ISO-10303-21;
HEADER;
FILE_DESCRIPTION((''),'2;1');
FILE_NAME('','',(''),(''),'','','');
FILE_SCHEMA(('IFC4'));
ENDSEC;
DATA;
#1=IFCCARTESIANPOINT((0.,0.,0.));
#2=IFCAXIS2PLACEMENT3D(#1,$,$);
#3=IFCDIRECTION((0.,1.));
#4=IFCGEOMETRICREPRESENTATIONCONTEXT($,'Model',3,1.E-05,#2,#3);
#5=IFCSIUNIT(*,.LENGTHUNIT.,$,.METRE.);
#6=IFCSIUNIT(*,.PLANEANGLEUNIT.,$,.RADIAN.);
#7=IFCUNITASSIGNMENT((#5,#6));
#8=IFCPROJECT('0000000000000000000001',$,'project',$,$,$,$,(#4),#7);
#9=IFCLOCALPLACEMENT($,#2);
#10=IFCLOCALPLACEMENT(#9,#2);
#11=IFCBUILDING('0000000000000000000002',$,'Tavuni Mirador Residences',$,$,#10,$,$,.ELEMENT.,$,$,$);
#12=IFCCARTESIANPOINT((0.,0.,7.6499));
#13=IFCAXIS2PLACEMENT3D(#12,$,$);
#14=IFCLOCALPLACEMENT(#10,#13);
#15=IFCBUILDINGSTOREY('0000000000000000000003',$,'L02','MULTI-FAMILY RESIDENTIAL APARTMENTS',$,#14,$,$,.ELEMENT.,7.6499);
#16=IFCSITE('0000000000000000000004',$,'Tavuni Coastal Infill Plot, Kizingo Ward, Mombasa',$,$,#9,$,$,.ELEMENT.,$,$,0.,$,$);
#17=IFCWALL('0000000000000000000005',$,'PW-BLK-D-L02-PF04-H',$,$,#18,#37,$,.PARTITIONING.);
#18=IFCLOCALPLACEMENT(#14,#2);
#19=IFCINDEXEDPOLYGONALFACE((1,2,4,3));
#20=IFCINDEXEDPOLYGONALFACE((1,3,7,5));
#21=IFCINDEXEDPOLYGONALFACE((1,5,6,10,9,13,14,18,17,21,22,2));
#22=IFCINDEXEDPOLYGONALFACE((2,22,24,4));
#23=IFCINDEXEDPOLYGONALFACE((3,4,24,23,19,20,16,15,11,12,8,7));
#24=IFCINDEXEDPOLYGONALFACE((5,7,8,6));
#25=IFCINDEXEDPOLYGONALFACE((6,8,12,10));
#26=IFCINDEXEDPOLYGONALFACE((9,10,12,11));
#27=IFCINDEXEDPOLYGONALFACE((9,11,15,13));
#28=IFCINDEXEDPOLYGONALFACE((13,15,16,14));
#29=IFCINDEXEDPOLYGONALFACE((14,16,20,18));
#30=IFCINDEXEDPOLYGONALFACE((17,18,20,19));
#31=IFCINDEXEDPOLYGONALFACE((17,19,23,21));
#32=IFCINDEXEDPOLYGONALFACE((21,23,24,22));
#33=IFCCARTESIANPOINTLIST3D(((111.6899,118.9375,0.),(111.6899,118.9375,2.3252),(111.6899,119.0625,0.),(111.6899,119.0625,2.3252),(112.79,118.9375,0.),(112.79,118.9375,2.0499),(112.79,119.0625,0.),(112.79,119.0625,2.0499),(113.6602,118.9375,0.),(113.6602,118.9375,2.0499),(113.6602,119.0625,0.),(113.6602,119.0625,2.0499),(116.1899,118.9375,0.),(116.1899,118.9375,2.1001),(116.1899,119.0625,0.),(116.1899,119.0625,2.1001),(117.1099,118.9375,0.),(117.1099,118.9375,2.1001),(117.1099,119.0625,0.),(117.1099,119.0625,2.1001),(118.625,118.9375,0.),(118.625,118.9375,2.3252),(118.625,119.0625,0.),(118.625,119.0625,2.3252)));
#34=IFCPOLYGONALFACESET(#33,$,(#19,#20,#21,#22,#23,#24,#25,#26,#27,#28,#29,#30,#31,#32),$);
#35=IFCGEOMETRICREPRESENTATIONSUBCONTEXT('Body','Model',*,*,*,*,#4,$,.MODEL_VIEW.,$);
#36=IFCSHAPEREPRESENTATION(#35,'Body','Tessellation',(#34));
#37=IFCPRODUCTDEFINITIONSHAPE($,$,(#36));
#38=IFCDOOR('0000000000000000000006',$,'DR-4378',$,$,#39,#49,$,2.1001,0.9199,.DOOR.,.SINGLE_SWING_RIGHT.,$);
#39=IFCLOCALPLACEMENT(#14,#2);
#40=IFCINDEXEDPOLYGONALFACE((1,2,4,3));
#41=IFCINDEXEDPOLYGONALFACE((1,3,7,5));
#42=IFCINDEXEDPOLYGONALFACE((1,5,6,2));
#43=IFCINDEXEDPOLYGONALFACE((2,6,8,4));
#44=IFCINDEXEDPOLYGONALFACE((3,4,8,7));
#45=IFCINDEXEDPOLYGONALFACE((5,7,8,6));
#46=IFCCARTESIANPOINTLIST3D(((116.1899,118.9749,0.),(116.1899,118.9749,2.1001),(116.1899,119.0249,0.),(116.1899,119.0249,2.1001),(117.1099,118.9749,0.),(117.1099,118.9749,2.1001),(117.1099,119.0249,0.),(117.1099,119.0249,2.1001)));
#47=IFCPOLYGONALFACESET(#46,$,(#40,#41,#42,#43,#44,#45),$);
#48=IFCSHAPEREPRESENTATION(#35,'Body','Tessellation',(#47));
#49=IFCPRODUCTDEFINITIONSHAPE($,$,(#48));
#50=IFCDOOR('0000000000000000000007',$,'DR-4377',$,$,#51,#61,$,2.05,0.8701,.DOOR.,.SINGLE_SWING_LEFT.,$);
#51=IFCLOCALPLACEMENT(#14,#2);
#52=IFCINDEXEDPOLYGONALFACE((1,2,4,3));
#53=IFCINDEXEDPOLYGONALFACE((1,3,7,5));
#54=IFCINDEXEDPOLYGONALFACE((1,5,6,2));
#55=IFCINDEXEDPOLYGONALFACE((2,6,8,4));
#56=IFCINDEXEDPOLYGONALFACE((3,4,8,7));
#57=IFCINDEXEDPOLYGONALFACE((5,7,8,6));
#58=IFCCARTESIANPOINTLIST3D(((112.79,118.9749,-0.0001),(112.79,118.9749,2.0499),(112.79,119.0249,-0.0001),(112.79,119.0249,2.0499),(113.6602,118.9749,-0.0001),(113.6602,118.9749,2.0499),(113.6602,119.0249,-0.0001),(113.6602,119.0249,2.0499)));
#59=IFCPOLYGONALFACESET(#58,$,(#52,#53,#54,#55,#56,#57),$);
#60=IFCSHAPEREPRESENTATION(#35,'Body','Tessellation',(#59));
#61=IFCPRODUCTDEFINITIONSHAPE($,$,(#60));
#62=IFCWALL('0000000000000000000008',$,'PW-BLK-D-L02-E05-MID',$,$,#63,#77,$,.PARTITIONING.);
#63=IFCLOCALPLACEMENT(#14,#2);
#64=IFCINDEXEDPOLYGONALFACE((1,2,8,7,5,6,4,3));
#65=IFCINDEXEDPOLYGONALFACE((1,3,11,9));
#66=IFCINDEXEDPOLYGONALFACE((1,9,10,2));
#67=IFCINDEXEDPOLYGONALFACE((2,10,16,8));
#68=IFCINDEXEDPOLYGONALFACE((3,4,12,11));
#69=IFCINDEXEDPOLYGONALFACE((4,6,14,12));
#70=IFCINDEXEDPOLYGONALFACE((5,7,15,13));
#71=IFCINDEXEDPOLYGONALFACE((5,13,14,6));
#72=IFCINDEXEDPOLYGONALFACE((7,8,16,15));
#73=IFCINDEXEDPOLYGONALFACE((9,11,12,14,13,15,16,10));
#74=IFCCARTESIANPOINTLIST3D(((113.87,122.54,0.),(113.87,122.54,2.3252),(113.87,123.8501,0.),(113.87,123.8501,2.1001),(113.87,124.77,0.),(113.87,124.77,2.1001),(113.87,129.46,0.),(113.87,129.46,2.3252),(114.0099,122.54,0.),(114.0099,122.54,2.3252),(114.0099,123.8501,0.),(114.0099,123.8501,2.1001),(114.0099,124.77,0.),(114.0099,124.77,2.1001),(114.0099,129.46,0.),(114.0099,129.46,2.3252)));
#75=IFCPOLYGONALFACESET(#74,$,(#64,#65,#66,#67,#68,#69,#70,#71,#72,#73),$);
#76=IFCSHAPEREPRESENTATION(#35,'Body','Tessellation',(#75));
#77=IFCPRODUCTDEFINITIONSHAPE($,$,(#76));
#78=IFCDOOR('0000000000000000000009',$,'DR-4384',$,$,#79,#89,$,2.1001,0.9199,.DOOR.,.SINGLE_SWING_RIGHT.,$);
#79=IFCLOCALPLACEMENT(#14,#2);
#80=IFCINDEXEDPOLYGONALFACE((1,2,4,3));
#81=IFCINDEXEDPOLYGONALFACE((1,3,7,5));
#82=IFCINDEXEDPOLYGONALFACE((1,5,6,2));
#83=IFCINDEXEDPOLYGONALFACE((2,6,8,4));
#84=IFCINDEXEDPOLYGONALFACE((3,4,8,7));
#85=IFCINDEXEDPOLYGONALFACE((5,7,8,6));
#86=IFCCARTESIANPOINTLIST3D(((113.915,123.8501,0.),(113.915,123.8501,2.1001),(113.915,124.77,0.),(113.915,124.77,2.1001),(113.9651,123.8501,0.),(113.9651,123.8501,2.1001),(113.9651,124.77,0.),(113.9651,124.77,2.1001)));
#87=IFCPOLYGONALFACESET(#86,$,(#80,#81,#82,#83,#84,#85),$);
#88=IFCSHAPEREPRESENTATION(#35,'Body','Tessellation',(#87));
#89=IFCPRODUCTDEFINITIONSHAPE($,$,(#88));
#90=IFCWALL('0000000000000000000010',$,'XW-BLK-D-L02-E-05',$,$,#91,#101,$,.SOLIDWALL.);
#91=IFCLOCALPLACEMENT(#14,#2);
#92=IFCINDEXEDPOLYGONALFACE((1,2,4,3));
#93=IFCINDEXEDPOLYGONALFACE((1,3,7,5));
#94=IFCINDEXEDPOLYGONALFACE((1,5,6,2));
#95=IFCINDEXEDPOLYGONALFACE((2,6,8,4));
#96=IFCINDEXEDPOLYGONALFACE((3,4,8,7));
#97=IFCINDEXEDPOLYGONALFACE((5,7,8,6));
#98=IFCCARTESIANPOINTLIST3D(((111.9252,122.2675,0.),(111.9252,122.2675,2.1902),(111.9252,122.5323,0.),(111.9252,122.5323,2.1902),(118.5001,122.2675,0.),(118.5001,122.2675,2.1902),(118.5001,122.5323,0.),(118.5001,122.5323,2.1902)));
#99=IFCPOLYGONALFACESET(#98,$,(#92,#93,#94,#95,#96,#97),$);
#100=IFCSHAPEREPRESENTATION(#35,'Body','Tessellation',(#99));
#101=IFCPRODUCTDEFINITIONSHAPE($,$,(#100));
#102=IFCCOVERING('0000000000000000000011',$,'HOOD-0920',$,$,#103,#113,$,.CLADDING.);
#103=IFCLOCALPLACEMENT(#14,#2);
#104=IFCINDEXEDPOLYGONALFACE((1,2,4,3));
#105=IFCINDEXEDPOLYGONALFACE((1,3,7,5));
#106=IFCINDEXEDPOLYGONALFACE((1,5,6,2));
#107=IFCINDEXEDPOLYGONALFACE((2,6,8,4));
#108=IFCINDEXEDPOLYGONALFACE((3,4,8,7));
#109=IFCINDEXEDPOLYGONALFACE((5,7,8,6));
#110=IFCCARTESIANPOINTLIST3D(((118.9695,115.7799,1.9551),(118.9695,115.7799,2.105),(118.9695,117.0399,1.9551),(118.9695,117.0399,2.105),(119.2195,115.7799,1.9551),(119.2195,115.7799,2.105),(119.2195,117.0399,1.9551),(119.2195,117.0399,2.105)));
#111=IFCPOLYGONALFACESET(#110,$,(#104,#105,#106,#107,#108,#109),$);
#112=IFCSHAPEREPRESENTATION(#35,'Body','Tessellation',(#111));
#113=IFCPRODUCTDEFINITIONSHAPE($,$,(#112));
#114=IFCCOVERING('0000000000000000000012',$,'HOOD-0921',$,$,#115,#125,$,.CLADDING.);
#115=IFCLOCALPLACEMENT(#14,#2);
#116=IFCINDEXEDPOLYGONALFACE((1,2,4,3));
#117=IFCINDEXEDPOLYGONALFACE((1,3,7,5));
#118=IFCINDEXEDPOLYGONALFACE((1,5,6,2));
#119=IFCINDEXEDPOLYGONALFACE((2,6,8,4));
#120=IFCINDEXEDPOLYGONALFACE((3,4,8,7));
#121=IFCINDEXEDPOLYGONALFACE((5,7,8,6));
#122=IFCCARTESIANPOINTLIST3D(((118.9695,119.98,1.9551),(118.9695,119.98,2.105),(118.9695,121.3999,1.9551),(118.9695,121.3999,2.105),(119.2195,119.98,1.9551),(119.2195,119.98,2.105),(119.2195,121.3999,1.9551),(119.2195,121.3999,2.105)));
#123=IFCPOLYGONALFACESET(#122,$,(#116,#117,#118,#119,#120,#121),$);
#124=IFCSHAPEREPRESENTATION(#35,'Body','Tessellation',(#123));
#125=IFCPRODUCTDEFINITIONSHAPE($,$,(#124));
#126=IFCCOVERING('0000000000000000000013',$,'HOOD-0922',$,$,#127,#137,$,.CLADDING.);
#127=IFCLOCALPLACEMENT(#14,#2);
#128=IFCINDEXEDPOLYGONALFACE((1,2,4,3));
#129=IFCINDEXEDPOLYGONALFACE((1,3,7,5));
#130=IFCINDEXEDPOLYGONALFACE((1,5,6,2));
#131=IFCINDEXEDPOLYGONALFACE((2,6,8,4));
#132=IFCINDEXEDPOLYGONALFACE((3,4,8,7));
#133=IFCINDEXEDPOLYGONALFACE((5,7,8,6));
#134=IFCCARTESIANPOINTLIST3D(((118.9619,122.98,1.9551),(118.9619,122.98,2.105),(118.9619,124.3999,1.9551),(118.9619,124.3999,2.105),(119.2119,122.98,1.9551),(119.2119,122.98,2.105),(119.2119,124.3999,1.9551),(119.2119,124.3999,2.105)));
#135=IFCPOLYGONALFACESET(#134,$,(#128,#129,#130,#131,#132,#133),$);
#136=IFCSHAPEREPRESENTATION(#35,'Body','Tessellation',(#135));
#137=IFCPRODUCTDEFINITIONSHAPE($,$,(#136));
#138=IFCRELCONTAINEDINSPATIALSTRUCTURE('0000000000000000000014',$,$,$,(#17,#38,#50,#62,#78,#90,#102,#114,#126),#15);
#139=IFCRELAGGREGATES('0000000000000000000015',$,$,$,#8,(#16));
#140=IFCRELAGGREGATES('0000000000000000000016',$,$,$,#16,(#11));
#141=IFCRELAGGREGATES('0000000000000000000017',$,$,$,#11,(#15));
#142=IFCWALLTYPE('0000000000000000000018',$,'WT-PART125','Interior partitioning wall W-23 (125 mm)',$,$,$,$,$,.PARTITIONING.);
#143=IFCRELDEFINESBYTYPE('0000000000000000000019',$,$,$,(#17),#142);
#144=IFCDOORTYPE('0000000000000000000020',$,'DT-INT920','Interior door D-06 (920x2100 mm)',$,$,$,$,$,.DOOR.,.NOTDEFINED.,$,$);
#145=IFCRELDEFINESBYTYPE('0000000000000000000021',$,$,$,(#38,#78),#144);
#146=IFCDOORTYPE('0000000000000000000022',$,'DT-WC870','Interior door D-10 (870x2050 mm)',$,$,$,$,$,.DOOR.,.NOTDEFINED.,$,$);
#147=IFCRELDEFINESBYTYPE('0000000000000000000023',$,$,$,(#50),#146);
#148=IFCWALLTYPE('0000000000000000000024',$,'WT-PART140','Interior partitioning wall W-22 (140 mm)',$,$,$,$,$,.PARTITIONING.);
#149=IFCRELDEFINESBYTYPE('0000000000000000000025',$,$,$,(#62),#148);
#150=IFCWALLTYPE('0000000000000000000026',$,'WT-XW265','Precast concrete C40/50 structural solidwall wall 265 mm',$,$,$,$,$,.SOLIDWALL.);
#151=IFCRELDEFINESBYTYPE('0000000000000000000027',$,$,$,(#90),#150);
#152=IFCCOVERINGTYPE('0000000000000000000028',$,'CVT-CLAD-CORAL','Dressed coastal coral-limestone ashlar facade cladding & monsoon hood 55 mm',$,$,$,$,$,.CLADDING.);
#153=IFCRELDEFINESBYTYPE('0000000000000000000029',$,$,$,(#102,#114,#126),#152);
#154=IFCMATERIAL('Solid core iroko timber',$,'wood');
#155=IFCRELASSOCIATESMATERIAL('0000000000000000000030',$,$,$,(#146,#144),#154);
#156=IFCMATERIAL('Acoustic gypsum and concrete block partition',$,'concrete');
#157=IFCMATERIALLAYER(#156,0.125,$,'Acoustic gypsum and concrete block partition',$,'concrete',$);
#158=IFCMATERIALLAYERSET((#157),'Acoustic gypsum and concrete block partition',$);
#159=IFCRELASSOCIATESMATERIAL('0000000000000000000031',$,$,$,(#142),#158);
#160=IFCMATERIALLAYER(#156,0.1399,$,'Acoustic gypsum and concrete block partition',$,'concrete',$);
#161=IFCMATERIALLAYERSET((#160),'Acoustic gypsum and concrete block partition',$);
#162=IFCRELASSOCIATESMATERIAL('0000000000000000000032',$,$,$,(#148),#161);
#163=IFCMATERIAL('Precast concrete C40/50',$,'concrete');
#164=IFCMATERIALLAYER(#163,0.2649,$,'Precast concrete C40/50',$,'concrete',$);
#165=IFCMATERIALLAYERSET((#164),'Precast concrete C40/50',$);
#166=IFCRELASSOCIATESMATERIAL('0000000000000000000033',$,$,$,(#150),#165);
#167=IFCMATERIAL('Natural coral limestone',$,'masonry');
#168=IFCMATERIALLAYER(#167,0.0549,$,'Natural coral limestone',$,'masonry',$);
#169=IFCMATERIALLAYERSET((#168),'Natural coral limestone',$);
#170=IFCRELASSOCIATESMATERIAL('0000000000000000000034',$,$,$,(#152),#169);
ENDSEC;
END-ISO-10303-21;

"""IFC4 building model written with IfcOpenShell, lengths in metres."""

from ifc_helpers import new_model, si_unit, direction, frame, frame_2d, origin, origin_2d, place, context, subcontext, project, spatial, rectangle, extrude, material, layer, layer_set, type_object, element, fill, save


model = new_model("IFC4")

# Units and contexts
model_context = context("Model", 3, precision=1e-05, world=origin(), true_north=direction((0.0, 1.0)))
body_context = subcontext(model_context, "Body", "Model", "MODEL_VIEW")
ifc_project = project(units=[si_unit("LENGTHUNIT", "METRE"), si_unit("PLANEANGLEUNIT", "RADIAN")], contexts=[model_context])

# Site, building, storey
site_placement = place(None, origin())
site = spatial("IfcSite", under=ifc_project, at=site_placement, Name="Tavuni Coastal Infill Plot, Kizingo Ward, Mombasa", CompositionType="ELEMENT", RefElevation=0.0)
building_placement = place(site_placement, origin())
building = spatial("IfcBuilding", under=site, at=building_placement, Name="Tavuni Mirador Residences", CompositionType="ELEMENT")
storey_placement = place(building_placement, frame((0.0, 0.0, 7.6499)))
storey = spatial("IfcBuildingStorey", under=building, at=storey_placement, Name="L02", Description="MULTI-FAMILY RESIDENTIAL APARTMENTS", CompositionType="ELEMENT", Elevation=7.6499)

# Shared definitions
ifc_material_1 = material(Name="Precast concrete C40/50", Category="concrete")

# Shared definitions
ifc_material_2 = material(Name="Solid core iroko timber", Category="wood")

# Shared definitions
ifc_material_3 = material(Name="Acoustic gypsum and concrete block partition", Category="concrete")

# Shared definitions
door_type_1 = type_object("IfcDoorType", Name="DT-WC870", Description="Interior door D-10 (870x2050 mm)", OperationType="NOTDEFINED", PredefinedType="DOOR", material=ifc_material_2)
ifc_layer_1 = layer(ifc_material_3, 0.125, Name="Acoustic gypsum and concrete block partition", Category="concrete")
ifc_layer_set_1 = layer_set([ifc_layer_1], Name="Acoustic gypsum and concrete block partition")
wall_type_1 = type_object("IfcWallType", Name="WT-PART125", Description="Interior partitioning wall W-23 (125 mm)", PredefinedType="PARTITIONING", material=ifc_layer_set_1)

# Wall, openings, doors
wall_1_placement = place(storey_placement, frame((111.6899, 119.0, 0.0), z_axis=(0.0, 0.0, 1.0), x_axis=(1.0, 0.0, 0.0)))
wall_1 = element("IfcWall", 1, at=wall_1_placement, inside=storey, type_object=wall_type_1, Name="PW-BLK-D-L02-PF04-H", PredefinedType="PARTITIONING", context=body_context, shape_type="SweptSolid", body=[
    extrude(rectangle(XDim=6.9351, YDim=0.125, at=frame_2d((3.4675, 0.0))), origin(), (0.0, 0.0, 1.0), 2.3252),
])
opening_1_placement = place(wall_1_placement, frame((1.1001, 0.0, 0.0)))
opening_1 = element("IfcOpeningElement", 2, at=opening_1_placement, cuts=wall_1, PredefinedType="OPENING", context=body_context, shape_type="SweptSolid", body=[
    extrude(rectangle(XDim=0.8701, YDim=2.05, at=frame_2d((0.4351, 1.0249))), frame((0.0, 0.0725, 0.0), z_axis=(0.0, -1.0, 0.0), x_axis=(1.0, 0.0, 0.0)), (0.0, 0.0, 1.0), 0.145),
])
opening_2_placement = place(wall_1_placement, frame((4.5, 0.0, 0.0)))
opening_2 = element("IfcOpeningElement", 3, at=opening_2_placement, cuts=wall_1, PredefinedType="OPENING", context=body_context, shape_type="SweptSolid", body=[
    extrude(rectangle(XDim=0.9199, YDim=2.1001, at=frame_2d((0.46, 1.05))), frame((0.0, 0.0725, 0.0), z_axis=(0.0, -1.0, 0.0), x_axis=(1.0, 0.0, 0.0)), (0.0, 0.0, 1.0), 0.145),
])
door_type_2 = type_object("IfcDoorType", Name="DT-INT920", Description="Interior door D-06 (920x2100 mm)", OperationType="NOTDEFINED", PredefinedType="DOOR", material=ifc_material_2)
door_1_placement = place(opening_2_placement, origin())
door_1 = element("IfcDoor", 4, at=door_1_placement, inside=storey, type_object=door_type_2, Name="DR-4378", OperationType="SINGLE_SWING_RIGHT", OverallHeight=2.1001, OverallWidth=0.9199, PredefinedType="DOOR", context=body_context, shape_type="SweptSolid", body=[
    extrude(rectangle(XDim=0.9199, YDim=2.1001, at=frame_2d((0.46, 1.05))), frame((0.0, 0.0249, 0.0), z_axis=(0.0, -1.0, 0.0), x_axis=(1.0, 0.0, 0.0)), (0.0, 0.0, 1.0), 0.05),
])
fill(opening_2, door_1)
door_2_placement = place(opening_1_placement, origin())
door_2 = element("IfcDoor", 5, at=door_2_placement, inside=storey, type_object=door_type_1, Name="DR-4377", OperationType="SINGLE_SWING_LEFT", OverallHeight=2.05, OverallWidth=0.8701, PredefinedType="DOOR", context=body_context, shape_type="SweptSolid", body=[
    extrude(rectangle(XDim=0.8701, YDim=2.05, at=frame_2d((0.4351, 1.0249))), frame((0.0, 0.0249, 0.0), z_axis=(0.0, -1.0, 0.0), x_axis=(1.0, 0.0, 0.0)), (0.0, 0.0, 1.0), 0.05),
])
fill(opening_1, door_2)

# Wall, opening, door
ifc_layer_2 = layer(ifc_material_3, 0.1399, Name="Acoustic gypsum and concrete block partition", Category="concrete")
ifc_layer_set_2 = layer_set([ifc_layer_2], Name="Acoustic gypsum and concrete block partition")
wall_type_2 = type_object("IfcWallType", Name="WT-PART140", Description="Interior partitioning wall W-22 (140 mm)", PredefinedType="PARTITIONING", material=ifc_layer_set_2)
wall_2_placement = place(storey_placement, frame((113.9399, 122.54, 0.0), z_axis=(0.0, 0.0, 1.0), x_axis=(0.0, 1.0, 0.0)))
wall_2 = element("IfcWall", 6, at=wall_2_placement, inside=storey, type_object=wall_type_2, Name="PW-BLK-D-L02-E05-MID", PredefinedType="PARTITIONING", context=body_context, shape_type="SweptSolid", body=[
    extrude(rectangle(XDim=6.9199, YDim=0.1399, at=frame_2d((3.46, 0.0))), origin(), (0.0, 0.0, 1.0), 2.3252),
])
opening_3_placement = place(wall_2_placement, frame((1.3101, 0.0, 0.0)))
opening_3 = element("IfcOpeningElement", 7, at=opening_3_placement, cuts=wall_2, PredefinedType="OPENING", context=body_context, shape_type="SweptSolid", body=[
    extrude(rectangle(XDim=0.9199, YDim=2.1001, at=frame_2d((0.46, 1.05))), frame((0.0, 0.0801, 0.0), z_axis=(0.0, -1.0, 0.0), x_axis=(1.0, 0.0, 0.0)), (0.0, 0.0, 1.0), 0.1599),
])
door_3_placement = place(opening_3_placement, origin())
door_3 = element("IfcDoor", 8, at=door_3_placement, inside=storey, type_object=door_type_2, Name="DR-4384", OperationType="SINGLE_SWING_RIGHT", OverallHeight=2.1001, OverallWidth=0.9199, PredefinedType="DOOR", context=body_context, shape_type="SweptSolid", body=[
    extrude(rectangle(XDim=0.9199, YDim=2.1001, at=frame_2d((0.46, 1.05))), frame((0.0, 0.0249, 0.0), z_axis=(0.0, -1.0, 0.0), x_axis=(1.0, 0.0, 0.0)), (0.0, 0.0, 1.0), 0.05),
])
fill(opening_3, door_3)

# Wall
ifc_layer_3 = layer(ifc_material_1, 0.2649, Name="Precast concrete C40/50", Category="concrete")
ifc_layer_set_3 = layer_set([ifc_layer_3], Name="Precast concrete C40/50")
wall_type_3 = type_object("IfcWallType", Name="WT-XW265", Description="Precast concrete C40/50 structural solidwall wall 265 mm", PredefinedType="SOLIDWALL", material=ifc_layer_set_3)
wall_3_placement = place(storey_placement, frame((111.925, 122.3999, 0.0), z_axis=(0.0, 0.0, 1.0), x_axis=(1.0, 0.0, 0.0)))
element("IfcWall", 9, at=wall_3_placement, inside=storey, type_object=wall_type_3, Name="XW-BLK-D-L02-E-05", PredefinedType="SOLIDWALL", context=body_context, shape_type="SweptSolid", body=[
    extrude(rectangle(XDim=6.575, YDim=0.2649, at=frame_2d((3.2876, 0.0))), origin(), (0.0, 0.0, 1.0), 2.1902),
])

# Coverings
ifc_material_4 = material(Name="Natural coral limestone", Category="masonry")
ifc_layer_4 = layer(ifc_material_4, 0.0549, Name="Natural coral limestone", Category="masonry")
ifc_layer_set_4 = layer_set([ifc_layer_4], Name="Natural coral limestone")
covering_type = type_object("IfcCoveringType", Name="CVT-CLAD-CORAL", Description="Dressed coastal coral-limestone ashlar facade cladding & monsoon hood 55 mm", PredefinedType="CLADDING", material=ifc_layer_set_4)
covering_placement = place(storey_placement, frame((119.0945, 116.4099, 1.9551), z_axis=(0.0, 0.0, 1.0), x_axis=(0.0, 1.0, 0.0)))
element("IfcCovering", 10, at=covering_placement, inside=storey, type_object=covering_type, Name="HOOD-0920", PredefinedType="CLADDING", context=body_context, shape_type="SweptSolid", body=[
    extrude(rectangle(XDim=1.26, YDim=0.25, at=origin_2d()), origin(), (0.0, 0.0, 1.0), 0.1499),
])
for number, where, z_axis, x_axis, name in (
    (11, (119.0945, 120.6899, 1.9551), (0.0, 0.0, 1.0), (0.0, 1.0, 0.0), "HOOD-0921"),
    (12, (119.0869, 123.6899, 1.9551), (0.0, 0.0, 1.0), (0.0, 1.0, 0.0), "HOOD-0922"),
):
    element("IfcCovering", number, at=place(storey_placement, frame(where, z_axis=z_axis, x_axis=x_axis)), inside=storey, type_object=covering_type, Name=name, PredefinedType="CLADDING", context=body_context, shape_type="SweptSolid", body=[
        extrude(rectangle(XDim=1.4199, YDim=0.25, at=origin_2d()), origin(), (0.0, 0.0, 1.0), 0.1499),
    ])

save(model, "model.ifc")
